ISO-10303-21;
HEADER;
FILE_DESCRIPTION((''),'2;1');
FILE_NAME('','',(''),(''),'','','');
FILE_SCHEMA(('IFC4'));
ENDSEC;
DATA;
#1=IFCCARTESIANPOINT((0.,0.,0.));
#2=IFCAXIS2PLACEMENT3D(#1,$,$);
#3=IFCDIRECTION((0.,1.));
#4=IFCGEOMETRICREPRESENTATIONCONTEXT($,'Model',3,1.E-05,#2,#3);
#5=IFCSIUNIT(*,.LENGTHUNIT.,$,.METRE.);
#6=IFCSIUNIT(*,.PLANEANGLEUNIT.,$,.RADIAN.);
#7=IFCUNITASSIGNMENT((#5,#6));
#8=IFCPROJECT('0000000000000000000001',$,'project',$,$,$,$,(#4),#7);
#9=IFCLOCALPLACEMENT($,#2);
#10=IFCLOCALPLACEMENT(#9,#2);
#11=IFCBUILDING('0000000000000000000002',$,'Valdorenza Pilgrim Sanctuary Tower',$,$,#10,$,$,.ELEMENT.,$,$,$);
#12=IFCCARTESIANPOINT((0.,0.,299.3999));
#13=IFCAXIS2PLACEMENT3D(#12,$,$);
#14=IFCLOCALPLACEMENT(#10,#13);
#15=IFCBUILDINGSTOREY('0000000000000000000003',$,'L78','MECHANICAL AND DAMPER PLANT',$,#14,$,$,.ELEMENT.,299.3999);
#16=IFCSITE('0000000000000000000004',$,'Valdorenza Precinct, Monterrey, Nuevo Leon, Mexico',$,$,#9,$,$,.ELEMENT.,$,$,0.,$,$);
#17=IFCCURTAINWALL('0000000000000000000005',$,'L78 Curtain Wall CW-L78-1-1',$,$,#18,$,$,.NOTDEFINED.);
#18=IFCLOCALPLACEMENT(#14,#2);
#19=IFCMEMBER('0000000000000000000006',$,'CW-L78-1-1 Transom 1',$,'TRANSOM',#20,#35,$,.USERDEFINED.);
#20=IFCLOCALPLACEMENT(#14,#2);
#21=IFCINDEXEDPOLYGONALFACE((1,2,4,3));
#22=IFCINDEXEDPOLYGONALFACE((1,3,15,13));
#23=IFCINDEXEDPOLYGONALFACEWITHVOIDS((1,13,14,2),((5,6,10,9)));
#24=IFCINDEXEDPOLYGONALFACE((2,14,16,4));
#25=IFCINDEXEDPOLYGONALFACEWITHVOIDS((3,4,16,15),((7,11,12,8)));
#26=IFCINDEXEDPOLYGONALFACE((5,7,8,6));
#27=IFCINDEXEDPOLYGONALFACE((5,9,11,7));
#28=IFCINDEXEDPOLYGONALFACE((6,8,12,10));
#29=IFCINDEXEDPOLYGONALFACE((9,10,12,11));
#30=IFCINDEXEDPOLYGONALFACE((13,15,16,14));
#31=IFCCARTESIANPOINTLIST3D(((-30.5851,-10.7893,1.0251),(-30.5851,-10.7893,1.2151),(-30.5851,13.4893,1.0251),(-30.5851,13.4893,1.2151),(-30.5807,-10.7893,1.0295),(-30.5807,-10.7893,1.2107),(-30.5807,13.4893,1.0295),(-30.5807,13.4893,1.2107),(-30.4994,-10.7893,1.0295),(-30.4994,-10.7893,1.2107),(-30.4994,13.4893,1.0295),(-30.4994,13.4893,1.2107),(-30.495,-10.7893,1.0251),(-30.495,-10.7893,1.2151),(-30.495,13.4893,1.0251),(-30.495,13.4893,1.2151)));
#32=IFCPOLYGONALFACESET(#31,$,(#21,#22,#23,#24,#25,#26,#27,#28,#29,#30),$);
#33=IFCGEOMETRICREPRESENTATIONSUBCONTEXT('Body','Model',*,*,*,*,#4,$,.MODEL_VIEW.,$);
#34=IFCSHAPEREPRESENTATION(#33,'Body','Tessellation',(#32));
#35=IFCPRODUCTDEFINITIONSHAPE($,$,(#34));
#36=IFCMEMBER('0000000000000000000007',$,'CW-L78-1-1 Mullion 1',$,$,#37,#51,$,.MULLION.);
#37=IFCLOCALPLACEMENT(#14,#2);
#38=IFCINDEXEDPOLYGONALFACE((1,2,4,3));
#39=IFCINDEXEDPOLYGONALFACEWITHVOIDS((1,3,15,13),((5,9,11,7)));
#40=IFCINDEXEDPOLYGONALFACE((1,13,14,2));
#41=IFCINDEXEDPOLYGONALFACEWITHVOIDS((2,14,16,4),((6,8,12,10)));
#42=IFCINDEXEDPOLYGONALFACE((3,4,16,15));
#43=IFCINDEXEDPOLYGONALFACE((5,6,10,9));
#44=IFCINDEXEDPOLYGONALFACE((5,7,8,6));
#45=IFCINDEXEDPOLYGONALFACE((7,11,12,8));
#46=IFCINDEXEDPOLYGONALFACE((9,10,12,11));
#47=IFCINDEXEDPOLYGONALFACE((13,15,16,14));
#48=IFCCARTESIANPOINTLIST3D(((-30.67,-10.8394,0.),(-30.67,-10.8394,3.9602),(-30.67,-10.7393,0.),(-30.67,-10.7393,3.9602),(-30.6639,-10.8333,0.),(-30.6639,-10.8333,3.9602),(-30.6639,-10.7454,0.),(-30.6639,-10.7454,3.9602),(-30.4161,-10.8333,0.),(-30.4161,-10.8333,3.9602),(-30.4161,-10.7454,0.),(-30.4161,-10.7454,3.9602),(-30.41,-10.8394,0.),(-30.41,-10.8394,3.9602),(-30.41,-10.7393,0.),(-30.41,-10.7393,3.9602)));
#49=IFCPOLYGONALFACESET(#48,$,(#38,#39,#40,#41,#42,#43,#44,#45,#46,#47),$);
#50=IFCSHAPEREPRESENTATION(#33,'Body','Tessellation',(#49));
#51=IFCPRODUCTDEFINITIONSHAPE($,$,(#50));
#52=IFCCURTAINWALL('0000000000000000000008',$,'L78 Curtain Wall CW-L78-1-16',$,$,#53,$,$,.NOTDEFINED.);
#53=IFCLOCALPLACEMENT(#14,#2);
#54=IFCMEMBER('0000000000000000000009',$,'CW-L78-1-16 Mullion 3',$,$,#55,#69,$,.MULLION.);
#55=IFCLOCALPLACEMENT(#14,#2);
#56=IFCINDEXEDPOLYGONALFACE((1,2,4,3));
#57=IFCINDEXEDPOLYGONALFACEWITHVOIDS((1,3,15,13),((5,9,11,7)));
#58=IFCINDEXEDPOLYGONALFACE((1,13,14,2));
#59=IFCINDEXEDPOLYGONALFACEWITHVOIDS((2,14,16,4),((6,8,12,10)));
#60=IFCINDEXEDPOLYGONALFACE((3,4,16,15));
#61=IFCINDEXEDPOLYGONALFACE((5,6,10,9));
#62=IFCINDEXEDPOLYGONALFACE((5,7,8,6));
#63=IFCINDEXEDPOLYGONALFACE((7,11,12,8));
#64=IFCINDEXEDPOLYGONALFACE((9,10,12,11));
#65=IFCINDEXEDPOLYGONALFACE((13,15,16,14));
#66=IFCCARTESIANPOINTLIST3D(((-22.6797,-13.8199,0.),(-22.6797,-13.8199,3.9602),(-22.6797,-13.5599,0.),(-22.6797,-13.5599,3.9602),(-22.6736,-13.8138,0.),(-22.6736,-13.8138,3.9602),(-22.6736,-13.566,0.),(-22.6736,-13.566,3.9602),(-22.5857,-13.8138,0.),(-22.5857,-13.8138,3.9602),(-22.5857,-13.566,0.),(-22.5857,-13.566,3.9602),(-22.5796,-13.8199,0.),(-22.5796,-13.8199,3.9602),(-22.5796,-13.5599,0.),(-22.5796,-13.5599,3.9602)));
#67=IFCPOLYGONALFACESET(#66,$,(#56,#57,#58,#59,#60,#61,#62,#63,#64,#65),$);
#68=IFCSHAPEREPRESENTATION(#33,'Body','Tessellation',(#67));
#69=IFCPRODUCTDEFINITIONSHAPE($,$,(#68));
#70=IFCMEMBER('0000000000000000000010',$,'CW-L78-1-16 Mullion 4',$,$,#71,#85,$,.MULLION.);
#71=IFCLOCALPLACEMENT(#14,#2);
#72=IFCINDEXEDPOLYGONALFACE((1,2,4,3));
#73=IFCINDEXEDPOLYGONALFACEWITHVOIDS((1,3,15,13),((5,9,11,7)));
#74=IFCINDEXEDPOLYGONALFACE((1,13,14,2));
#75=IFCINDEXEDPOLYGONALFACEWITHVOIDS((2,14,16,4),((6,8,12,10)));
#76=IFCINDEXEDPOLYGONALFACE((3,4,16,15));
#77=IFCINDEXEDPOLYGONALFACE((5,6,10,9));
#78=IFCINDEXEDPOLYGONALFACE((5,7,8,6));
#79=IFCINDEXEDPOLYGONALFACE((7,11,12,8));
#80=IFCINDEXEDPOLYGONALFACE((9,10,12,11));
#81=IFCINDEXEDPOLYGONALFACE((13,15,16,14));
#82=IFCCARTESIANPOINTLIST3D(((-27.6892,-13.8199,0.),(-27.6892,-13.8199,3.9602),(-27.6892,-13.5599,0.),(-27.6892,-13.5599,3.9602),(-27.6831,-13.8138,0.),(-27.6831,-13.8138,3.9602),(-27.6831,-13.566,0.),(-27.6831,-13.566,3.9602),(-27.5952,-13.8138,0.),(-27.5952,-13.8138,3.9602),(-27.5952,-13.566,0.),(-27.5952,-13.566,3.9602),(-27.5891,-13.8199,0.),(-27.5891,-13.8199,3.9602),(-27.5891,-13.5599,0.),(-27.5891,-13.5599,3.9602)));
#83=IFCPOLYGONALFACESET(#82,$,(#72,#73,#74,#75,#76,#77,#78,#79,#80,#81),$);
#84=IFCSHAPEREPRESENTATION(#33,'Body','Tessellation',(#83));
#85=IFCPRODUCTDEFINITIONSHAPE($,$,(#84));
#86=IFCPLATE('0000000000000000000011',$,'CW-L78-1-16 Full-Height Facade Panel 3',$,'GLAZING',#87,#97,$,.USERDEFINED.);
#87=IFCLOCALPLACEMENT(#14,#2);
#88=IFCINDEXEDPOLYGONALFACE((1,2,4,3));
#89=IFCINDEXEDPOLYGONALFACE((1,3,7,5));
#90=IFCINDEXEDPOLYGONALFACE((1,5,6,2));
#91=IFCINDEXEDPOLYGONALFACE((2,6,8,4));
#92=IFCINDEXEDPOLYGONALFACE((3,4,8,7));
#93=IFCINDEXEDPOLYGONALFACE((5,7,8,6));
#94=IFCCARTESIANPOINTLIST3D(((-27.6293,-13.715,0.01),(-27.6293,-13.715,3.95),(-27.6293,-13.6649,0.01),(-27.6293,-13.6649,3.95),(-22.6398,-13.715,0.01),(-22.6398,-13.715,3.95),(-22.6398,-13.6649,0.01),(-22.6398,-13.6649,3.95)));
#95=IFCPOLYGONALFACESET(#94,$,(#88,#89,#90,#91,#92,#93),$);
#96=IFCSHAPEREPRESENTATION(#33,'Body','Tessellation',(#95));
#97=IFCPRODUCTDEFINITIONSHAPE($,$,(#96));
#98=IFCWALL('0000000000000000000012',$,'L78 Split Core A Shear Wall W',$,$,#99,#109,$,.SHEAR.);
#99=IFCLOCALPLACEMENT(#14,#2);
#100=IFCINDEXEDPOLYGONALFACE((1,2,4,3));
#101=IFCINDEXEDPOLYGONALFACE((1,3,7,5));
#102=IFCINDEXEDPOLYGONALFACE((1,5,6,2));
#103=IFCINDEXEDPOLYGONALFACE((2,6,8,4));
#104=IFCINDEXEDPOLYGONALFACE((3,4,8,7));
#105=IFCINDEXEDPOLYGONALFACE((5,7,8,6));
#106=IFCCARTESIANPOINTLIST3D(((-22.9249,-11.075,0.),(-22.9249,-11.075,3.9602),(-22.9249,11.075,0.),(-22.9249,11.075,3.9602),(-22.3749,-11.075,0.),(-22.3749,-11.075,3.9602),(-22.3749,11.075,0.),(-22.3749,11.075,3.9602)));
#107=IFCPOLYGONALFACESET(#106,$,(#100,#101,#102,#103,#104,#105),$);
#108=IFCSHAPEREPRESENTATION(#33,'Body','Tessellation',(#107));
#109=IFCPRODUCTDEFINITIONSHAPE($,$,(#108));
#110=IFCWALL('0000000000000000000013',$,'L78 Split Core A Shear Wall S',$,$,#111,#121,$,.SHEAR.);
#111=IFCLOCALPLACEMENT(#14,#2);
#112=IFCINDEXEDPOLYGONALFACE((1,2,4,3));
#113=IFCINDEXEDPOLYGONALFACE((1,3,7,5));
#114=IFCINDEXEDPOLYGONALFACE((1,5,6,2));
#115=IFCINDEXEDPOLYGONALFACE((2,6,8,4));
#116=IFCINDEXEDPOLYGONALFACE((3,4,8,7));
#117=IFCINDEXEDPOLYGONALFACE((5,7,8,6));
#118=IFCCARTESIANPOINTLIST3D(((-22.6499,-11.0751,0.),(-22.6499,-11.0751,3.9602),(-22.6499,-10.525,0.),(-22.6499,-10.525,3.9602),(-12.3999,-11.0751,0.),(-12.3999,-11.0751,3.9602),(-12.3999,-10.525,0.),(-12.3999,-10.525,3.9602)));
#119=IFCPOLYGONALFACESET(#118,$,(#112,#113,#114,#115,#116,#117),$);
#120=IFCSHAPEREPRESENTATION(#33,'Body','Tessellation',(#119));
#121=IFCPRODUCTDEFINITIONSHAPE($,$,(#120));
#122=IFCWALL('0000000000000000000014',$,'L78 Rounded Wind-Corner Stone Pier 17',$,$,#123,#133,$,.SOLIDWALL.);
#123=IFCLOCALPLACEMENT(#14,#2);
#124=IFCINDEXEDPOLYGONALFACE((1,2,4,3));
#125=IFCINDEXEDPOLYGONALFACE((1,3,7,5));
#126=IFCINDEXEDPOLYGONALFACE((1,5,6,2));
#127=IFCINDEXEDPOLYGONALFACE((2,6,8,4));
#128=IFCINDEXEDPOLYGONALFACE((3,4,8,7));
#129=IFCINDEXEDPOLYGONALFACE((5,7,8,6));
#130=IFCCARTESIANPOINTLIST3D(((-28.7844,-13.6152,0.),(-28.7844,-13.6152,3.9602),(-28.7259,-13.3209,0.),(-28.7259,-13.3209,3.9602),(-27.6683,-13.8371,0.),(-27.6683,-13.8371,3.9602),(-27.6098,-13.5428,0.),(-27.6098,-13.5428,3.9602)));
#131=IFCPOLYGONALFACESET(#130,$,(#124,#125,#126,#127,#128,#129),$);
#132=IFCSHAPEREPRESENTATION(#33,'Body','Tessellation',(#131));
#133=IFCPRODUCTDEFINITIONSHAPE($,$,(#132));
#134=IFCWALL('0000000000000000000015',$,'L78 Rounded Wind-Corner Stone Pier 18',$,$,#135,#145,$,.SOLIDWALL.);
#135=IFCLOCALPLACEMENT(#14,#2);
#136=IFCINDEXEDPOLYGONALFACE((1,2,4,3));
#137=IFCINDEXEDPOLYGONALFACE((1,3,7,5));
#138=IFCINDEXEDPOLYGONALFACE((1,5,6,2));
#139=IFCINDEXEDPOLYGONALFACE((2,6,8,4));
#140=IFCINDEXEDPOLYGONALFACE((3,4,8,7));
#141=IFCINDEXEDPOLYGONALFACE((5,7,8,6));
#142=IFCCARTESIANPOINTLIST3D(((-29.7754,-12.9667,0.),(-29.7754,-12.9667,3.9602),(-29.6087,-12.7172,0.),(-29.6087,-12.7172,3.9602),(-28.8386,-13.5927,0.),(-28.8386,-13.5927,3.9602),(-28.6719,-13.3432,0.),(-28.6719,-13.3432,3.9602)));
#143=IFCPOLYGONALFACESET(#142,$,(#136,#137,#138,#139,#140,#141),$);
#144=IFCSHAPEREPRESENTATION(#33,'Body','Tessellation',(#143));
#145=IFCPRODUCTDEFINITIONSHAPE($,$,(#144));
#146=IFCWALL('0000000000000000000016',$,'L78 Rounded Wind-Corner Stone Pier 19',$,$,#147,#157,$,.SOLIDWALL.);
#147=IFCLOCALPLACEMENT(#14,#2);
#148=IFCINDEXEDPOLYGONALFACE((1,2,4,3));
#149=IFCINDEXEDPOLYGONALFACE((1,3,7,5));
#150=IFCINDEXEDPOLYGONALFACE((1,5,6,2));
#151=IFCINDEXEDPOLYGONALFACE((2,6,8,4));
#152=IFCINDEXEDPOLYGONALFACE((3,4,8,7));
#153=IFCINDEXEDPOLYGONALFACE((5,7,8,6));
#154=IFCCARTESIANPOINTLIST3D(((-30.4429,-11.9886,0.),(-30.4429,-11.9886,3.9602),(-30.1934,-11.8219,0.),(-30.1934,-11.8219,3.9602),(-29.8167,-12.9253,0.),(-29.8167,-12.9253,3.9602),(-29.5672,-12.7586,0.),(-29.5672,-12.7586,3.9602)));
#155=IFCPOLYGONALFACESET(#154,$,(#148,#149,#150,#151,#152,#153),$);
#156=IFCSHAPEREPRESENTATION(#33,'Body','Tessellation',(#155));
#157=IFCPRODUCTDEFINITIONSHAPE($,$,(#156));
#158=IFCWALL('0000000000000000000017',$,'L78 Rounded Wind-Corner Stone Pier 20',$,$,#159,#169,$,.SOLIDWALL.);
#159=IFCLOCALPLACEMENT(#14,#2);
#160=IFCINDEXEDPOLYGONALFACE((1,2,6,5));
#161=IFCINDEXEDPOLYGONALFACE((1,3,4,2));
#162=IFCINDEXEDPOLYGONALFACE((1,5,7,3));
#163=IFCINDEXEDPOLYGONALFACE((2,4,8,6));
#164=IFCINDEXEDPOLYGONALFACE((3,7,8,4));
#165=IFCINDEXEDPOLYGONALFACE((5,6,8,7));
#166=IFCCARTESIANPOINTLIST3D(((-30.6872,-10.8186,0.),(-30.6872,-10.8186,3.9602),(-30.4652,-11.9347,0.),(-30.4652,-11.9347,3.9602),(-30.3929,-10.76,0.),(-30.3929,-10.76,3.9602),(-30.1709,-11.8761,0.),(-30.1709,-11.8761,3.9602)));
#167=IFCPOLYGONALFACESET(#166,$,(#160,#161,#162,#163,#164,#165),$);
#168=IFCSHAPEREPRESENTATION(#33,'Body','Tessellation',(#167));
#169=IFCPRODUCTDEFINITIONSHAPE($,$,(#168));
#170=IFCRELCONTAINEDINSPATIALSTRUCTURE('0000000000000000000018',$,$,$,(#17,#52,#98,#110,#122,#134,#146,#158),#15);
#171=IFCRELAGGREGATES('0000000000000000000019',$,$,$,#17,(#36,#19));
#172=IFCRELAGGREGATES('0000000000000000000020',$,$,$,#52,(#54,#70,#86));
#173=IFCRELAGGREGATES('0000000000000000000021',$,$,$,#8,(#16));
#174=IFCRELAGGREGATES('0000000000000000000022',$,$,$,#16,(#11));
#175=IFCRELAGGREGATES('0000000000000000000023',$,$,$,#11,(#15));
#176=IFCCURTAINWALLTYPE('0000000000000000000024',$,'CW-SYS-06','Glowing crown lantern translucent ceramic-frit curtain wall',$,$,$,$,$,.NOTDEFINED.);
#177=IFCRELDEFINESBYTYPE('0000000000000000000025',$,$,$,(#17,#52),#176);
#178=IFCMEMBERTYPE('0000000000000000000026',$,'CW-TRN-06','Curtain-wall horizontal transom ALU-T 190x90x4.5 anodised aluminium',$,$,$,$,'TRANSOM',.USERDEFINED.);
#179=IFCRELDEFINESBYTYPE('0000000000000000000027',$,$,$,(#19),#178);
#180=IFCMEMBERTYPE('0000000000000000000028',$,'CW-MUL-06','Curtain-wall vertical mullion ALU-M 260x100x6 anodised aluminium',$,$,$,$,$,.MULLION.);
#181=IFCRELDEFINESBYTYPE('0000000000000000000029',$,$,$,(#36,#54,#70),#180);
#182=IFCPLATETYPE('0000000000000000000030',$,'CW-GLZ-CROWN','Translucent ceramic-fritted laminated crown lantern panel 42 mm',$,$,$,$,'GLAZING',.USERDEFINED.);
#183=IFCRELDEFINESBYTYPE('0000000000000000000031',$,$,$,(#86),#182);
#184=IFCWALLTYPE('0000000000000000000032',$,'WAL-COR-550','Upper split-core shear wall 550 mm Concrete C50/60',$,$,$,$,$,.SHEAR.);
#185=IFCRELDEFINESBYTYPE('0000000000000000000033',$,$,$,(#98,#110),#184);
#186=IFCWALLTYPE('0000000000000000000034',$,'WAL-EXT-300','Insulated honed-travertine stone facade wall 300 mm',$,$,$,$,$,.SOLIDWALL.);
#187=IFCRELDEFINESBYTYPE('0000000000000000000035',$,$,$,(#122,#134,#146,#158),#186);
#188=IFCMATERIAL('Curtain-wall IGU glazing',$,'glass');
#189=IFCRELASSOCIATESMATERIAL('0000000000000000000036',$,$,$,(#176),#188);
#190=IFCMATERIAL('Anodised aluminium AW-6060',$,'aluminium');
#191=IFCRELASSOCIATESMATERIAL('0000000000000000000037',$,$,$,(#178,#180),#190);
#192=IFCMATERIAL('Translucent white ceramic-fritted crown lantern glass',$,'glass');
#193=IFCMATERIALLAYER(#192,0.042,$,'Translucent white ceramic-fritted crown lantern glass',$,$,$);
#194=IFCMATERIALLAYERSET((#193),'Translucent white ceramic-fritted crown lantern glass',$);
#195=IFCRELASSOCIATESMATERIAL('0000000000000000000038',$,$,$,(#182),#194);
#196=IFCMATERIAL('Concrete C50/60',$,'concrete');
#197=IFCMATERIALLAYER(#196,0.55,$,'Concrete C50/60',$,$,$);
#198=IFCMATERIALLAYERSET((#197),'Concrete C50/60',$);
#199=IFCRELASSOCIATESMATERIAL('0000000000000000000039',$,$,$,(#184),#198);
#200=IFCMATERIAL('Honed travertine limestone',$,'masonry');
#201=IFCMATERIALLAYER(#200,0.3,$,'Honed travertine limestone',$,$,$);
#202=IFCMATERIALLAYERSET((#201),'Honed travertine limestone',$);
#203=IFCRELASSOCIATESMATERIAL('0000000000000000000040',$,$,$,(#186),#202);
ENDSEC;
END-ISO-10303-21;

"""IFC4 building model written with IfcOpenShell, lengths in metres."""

from ifc_helpers import new_model, si_unit, direction, frame, frame_2d, origin, origin_2d, place, context, subcontext, project, spatial, rectangle, hollow_rectangle, extrude, source, transform, mapped, material, layer, layer_set, material_profile, profile_set, type_object, element, aggregate, save


model = new_model("IFC4")

# Units and contexts
model_context = context("Model", 3, precision=1e-05, world=origin(), true_north=direction((0.0, 1.0)))
body_context = subcontext(model_context, "Body", "Model", "MODEL_VIEW")
ifc_project = project(units=[si_unit("LENGTHUNIT", "METRE"), si_unit("PLANEANGLEUNIT", "RADIAN")], contexts=[model_context])

# Site, building, storey
site_placement = place(None, origin())
site = spatial("IfcSite", under=ifc_project, at=site_placement, Name="Valdorenza Precinct, Monterrey, Nuevo Leon, Mexico", CompositionType="ELEMENT", RefElevation=0.0)
building_placement = place(site_placement, origin())
building = spatial("IfcBuilding", under=site, at=building_placement, Name="Valdorenza Pilgrim Sanctuary Tower", CompositionType="ELEMENT")
storey_placement = place(building_placement, frame((0.0, 0.0, 299.3999)))
storey = spatial("IfcBuildingStorey", under=building, at=storey_placement, Name="L78", Description="MECHANICAL AND DAMPER PLANT", CompositionType="ELEMENT", Elevation=299.3999)

# Shared definitions
ifc_material_1 = material(Name="Concrete C50/60", Category="concrete")

# Curtain wall, members
ifc_material_2 = material(Name="Curtain-wall IGU glazing", Category="glass")
curtain_wall_type = type_object("IfcCurtainWallType", Name="CW-SYS-06", Description="Glowing crown lantern translucent ceramic-frit curtain wall", PredefinedType="NOTDEFINED", material=ifc_material_2)
curtain_wall_1_placement = place(storey_placement, origin())
curtain_wall_1 = element("IfcCurtainWall", 1, at=curtain_wall_1_placement, inside=storey, type_object=curtain_wall_type, Name="L78 Curtain Wall CW-L78-1-1", PredefinedType="NOTDEFINED")
ifc_material_3 = material(Name="Anodised aluminium AW-6060", Category="aluminium")
ifc_material_profile_1 = material_profile(ifc_material_3, hollow_rectangle(XDim=0.0901, YDim=0.1899, WallThickness=0.0044, at=origin_2d()), Name="ALU-T 190x90x4.5")
ifc_profile_set_1 = profile_set([ifc_material_profile_1], Name="Anodised aluminium AW-6060")
member_type_1 = type_object("IfcMemberType", Name="CW-TRN-06", Description="Curtain-wall horizontal transom ALU-T 190x90x4.5 anodised aluminium", ElementType="TRANSOM", PredefinedType="USERDEFINED", material=ifc_profile_set_1)
shared_shape_1 = source(origin(), body_context, "Body", "SweptSolid", [
    extrude(hollow_rectangle(XDim=0.0901, YDim=0.1899, WallThickness=0.0044, at=origin_2d()), origin(), (0.0, 0.0, 1.0), 24.2786),
])
member_1_placement = place(storey_placement, frame((-30.54, -10.7893, 1.1201), z_axis=(0.0, 1.0, 0.0), x_axis=(-1.0, 0.0, 0.0)))
member_1 = element("IfcMember", 2, at=member_1_placement, type_object=member_type_1, Name="CW-L78-1-1 Transom 1", ObjectType="TRANSOM", PredefinedType="USERDEFINED", context=body_context, shape_type="MappedRepresentation", body=[
    mapped(shared_shape_1, transform((0.0, 0.0, 0.0), x_axis=(1.0, 0.0, 0.0), y_axis=(0.0, 1.0, 0.0), z_axis=(0.0, 0.0, 1.0), scale=1.0)),
])
ifc_material_profile_2 = material_profile(ifc_material_3, hollow_rectangle(XDim=0.1001, YDim=0.26, WallThickness=0.0061, at=origin_2d()), Name="ALU-M 260x100x6")
ifc_profile_set_2 = profile_set([ifc_material_profile_2], Name="Anodised aluminium AW-6060")
member_type_2 = type_object("IfcMemberType", Name="CW-MUL-06", Description="Curtain-wall vertical mullion ALU-M 260x100x6 anodised aluminium", PredefinedType="MULLION", material=ifc_profile_set_2)
shared_shape_2 = source(origin(), body_context, "Body", "SweptSolid", [
    extrude(hollow_rectangle(XDim=0.1001, YDim=0.26, WallThickness=0.0061, at=origin_2d()), origin(), (0.0, 0.0, 1.0), 3.9602),
])
member_2_placement = place(storey_placement, frame((-30.54, -10.7893, 0.0), z_axis=(0.0, 0.0, 1.0), x_axis=(0.0, 1.0, 0.0)))
member_2 = element("IfcMember", 3, at=member_2_placement, type_object=member_type_2, Name="CW-L78-1-1 Mullion 1", PredefinedType="MULLION", context=body_context, shape_type="MappedRepresentation", body=[
    mapped(shared_shape_2, transform((0.0, 0.0, 0.0), x_axis=(1.0, 0.0, 0.0), y_axis=(0.0, 1.0, 0.0), z_axis=(0.0, 0.0, 1.0), scale=1.0)),
])
aggregate(curtain_wall_1, [member_2, member_1])

# Curtain wall, members, plate
curtain_wall_2_placement = place(storey_placement, origin())
curtain_wall_2 = element("IfcCurtainWall", 4, at=curtain_wall_2_placement, inside=storey, type_object=curtain_wall_type, Name="L78 Curtain Wall CW-L78-1-16", PredefinedType="NOTDEFINED")
member_3_placement = place(storey_placement, frame((-22.6296, -13.6899, 0.0), z_axis=(0.0, 0.0, 1.0), x_axis=(-1.0, 0.0, 0.0)))
member_3 = element("IfcMember", 5, at=member_3_placement, type_object=member_type_2, Name="CW-L78-1-16 Mullion 3", PredefinedType="MULLION", context=body_context, shape_type="MappedRepresentation", body=[
    mapped(shared_shape_2, transform((0.0, 0.0, 0.0), x_axis=(1.0, 0.0, 0.0), y_axis=(0.0, 1.0, 0.0), z_axis=(0.0, 0.0, 1.0), scale=1.0)),
])
member_4_placement = place(storey_placement, frame((-27.6392, -13.6899, 0.0), z_axis=(0.0, 0.0, 1.0), x_axis=(-1.0, 0.0, 0.0)))
member_4 = element("IfcMember", 6, at=member_4_placement, type_object=member_type_2, Name="CW-L78-1-16 Mullion 4", PredefinedType="MULLION", context=body_context, shape_type="MappedRepresentation", body=[
    mapped(shared_shape_2, transform((0.0, 0.0, 0.0), x_axis=(1.0, 0.0, 0.0), y_axis=(0.0, 1.0, 0.0), z_axis=(0.0, 0.0, 1.0), scale=1.0)),
])
ifc_material_4 = material(Name="Translucent white ceramic-fritted crown lantern glass", Category="glass")
ifc_layer_1 = layer(ifc_material_4, 0.042, Name="Translucent white ceramic-fritted crown lantern glass")
ifc_layer_set_1 = layer_set([ifc_layer_1], Name="Translucent white ceramic-fritted crown lantern glass")
plate_type = type_object("IfcPlateType", Name="CW-GLZ-CROWN", Description="Translucent ceramic-fritted laminated crown lantern panel 42 mm", ElementType="GLAZING", PredefinedType="USERDEFINED", material=ifc_layer_set_1)
shared_shape_3 = source(origin(), body_context, "Body", "SweptSolid", [
    extrude(rectangle(XDim=4.9895, YDim=0.05, at=origin_2d()), origin(), (0.0, 0.0, 1.0), 3.9399),
])
plate_placement = place(storey_placement, frame((-25.1345, -13.6899, 0.01), z_axis=(0.0, 0.0, 1.0), x_axis=(-1.0, 0.0, 0.0)))
plate = element("IfcPlate", 7, at=plate_placement, type_object=plate_type, Name="CW-L78-1-16 Full-Height Facade Panel 3", ObjectType="GLAZING", PredefinedType="USERDEFINED", context=body_context, shape_type="MappedRepresentation", body=[
    mapped(shared_shape_3, transform((0.0, 0.0, 0.0), x_axis=(1.0, 0.0, 0.0), y_axis=(0.0, 1.0, 0.0), z_axis=(0.0, 0.0, 1.0), scale=1.0)),
])
aggregate(curtain_wall_2, [member_3, member_4, plate])

# Walls
ifc_layer_2 = layer(ifc_material_1, 0.55, Name="Concrete C50/60")
ifc_layer_set_2 = layer_set([ifc_layer_2], Name="Concrete C50/60")
wall_type_1 = type_object("IfcWallType", Name="WAL-COR-550", Description="Upper split-core shear wall 550 mm Concrete C50/60", PredefinedType="SHEAR", material=ifc_layer_set_2)
wall_1_placement = place(storey_placement, frame((-22.6499, -11.075, 0.0), z_axis=(0.0, 0.0, 1.0), x_axis=(0.0, 1.0, 0.0)))
element("IfcWall", 8, at=wall_1_placement, inside=storey, type_object=wall_type_1, Name="L78 Split Core A Shear Wall W", PredefinedType="SHEAR", context=body_context, shape_type="SweptSolid", body=[
    extrude(rectangle(XDim=22.1499, YDim=0.55, at=frame_2d((11.075, 0.0))), origin(), (0.0, 0.0, 1.0), 3.9602),
])
wall_2_placement = place(storey_placement, frame((-22.6499, -10.8, 0.0), z_axis=(0.0, 0.0, 1.0), x_axis=(1.0, 0.0, 0.0)))
element("IfcWall", 9, at=wall_2_placement, inside=storey, type_object=wall_type_1, Name="L78 Split Core A Shear Wall S", PredefinedType="SHEAR", context=body_context, shape_type="SweptSolid", body=[
    extrude(rectangle(XDim=10.25, YDim=0.55, at=frame_2d((5.125, 0.0))), origin(), (0.0, 0.0, 1.0), 3.9602),
])
ifc_material_5 = material(Name="Honed travertine limestone", Category="masonry")
ifc_layer_3 = layer(ifc_material_5, 0.3, Name="Honed travertine limestone")
ifc_layer_set_3 = layer_set([ifc_layer_3], Name="Honed travertine limestone")
wall_type_2 = type_object("IfcWallType", Name="WAL-EXT-300", Description="Insulated honed-travertine stone facade wall 300 mm", PredefinedType="SOLIDWALL", material=ifc_layer_set_3)
wall_3_placement = place(storey_placement, frame((-27.6392, -13.6899, 0.0), z_axis=(0.0, 0.0, 1.0), x_axis=(-0.980795, 0.195043, 0.0)))
element("IfcWall", 10, at=wall_3_placement, inside=storey, type_object=wall_type_2, Name="L78 Rounded Wind-Corner Stone Pier 17", PredefinedType="SOLIDWALL", context=body_context, shape_type="SweptSolid", body=[
    extrude(rectangle(XDim=1.1379, YDim=0.3, at=frame_2d((0.5688, 0.0))), origin(), (0.0, 0.0, 1.0), 3.9602),
])
for number, where, z_axis, x_axis, name in (
    (11, (-28.7551, -13.468, 0.0), (0.0, 0.0, 1.0), (-0.83145, 0.5556, 0.0), "L78 Rounded Wind-Corner Stone Pier 18"),
    (12, (-29.6919, -12.842, 0.0), (0.0, 0.0, 1.0), (-0.55575, 0.83135, 0.0), "L78 Rounded Wind-Corner Stone Pier 19"),
):
    element("IfcWall", number, at=place(storey_placement, frame(where, z_axis=z_axis, x_axis=x_axis)), inside=storey, type_object=wall_type_2, Name=name, PredefinedType="SOLIDWALL", context=body_context, shape_type="SweptSolid", body=[
        extrude(rectangle(XDim=1.1267, YDim=0.3, at=frame_2d((0.5635, 0.0))), origin(), (0.0, 0.0, 1.0), 3.9602),
    ])
wall_4_placement = place(storey_placement, frame((-30.3181, -11.9053, 0.0), z_axis=(0.0, 0.0, 1.0), x_axis=(-0.195043, 0.980795, 0.0)))
element("IfcWall", 13, at=wall_4_placement, inside=storey, type_object=wall_type_2, Name="L78 Rounded Wind-Corner Stone Pier 20", PredefinedType="SOLIDWALL", context=body_context, shape_type="SweptSolid", body=[
    extrude(rectangle(XDim=1.1379, YDim=0.3, at=frame_2d((0.5688, 0.0))), origin(), (0.0, 0.0, 1.0), 3.9602),
])

save(model, "model.ifc")
